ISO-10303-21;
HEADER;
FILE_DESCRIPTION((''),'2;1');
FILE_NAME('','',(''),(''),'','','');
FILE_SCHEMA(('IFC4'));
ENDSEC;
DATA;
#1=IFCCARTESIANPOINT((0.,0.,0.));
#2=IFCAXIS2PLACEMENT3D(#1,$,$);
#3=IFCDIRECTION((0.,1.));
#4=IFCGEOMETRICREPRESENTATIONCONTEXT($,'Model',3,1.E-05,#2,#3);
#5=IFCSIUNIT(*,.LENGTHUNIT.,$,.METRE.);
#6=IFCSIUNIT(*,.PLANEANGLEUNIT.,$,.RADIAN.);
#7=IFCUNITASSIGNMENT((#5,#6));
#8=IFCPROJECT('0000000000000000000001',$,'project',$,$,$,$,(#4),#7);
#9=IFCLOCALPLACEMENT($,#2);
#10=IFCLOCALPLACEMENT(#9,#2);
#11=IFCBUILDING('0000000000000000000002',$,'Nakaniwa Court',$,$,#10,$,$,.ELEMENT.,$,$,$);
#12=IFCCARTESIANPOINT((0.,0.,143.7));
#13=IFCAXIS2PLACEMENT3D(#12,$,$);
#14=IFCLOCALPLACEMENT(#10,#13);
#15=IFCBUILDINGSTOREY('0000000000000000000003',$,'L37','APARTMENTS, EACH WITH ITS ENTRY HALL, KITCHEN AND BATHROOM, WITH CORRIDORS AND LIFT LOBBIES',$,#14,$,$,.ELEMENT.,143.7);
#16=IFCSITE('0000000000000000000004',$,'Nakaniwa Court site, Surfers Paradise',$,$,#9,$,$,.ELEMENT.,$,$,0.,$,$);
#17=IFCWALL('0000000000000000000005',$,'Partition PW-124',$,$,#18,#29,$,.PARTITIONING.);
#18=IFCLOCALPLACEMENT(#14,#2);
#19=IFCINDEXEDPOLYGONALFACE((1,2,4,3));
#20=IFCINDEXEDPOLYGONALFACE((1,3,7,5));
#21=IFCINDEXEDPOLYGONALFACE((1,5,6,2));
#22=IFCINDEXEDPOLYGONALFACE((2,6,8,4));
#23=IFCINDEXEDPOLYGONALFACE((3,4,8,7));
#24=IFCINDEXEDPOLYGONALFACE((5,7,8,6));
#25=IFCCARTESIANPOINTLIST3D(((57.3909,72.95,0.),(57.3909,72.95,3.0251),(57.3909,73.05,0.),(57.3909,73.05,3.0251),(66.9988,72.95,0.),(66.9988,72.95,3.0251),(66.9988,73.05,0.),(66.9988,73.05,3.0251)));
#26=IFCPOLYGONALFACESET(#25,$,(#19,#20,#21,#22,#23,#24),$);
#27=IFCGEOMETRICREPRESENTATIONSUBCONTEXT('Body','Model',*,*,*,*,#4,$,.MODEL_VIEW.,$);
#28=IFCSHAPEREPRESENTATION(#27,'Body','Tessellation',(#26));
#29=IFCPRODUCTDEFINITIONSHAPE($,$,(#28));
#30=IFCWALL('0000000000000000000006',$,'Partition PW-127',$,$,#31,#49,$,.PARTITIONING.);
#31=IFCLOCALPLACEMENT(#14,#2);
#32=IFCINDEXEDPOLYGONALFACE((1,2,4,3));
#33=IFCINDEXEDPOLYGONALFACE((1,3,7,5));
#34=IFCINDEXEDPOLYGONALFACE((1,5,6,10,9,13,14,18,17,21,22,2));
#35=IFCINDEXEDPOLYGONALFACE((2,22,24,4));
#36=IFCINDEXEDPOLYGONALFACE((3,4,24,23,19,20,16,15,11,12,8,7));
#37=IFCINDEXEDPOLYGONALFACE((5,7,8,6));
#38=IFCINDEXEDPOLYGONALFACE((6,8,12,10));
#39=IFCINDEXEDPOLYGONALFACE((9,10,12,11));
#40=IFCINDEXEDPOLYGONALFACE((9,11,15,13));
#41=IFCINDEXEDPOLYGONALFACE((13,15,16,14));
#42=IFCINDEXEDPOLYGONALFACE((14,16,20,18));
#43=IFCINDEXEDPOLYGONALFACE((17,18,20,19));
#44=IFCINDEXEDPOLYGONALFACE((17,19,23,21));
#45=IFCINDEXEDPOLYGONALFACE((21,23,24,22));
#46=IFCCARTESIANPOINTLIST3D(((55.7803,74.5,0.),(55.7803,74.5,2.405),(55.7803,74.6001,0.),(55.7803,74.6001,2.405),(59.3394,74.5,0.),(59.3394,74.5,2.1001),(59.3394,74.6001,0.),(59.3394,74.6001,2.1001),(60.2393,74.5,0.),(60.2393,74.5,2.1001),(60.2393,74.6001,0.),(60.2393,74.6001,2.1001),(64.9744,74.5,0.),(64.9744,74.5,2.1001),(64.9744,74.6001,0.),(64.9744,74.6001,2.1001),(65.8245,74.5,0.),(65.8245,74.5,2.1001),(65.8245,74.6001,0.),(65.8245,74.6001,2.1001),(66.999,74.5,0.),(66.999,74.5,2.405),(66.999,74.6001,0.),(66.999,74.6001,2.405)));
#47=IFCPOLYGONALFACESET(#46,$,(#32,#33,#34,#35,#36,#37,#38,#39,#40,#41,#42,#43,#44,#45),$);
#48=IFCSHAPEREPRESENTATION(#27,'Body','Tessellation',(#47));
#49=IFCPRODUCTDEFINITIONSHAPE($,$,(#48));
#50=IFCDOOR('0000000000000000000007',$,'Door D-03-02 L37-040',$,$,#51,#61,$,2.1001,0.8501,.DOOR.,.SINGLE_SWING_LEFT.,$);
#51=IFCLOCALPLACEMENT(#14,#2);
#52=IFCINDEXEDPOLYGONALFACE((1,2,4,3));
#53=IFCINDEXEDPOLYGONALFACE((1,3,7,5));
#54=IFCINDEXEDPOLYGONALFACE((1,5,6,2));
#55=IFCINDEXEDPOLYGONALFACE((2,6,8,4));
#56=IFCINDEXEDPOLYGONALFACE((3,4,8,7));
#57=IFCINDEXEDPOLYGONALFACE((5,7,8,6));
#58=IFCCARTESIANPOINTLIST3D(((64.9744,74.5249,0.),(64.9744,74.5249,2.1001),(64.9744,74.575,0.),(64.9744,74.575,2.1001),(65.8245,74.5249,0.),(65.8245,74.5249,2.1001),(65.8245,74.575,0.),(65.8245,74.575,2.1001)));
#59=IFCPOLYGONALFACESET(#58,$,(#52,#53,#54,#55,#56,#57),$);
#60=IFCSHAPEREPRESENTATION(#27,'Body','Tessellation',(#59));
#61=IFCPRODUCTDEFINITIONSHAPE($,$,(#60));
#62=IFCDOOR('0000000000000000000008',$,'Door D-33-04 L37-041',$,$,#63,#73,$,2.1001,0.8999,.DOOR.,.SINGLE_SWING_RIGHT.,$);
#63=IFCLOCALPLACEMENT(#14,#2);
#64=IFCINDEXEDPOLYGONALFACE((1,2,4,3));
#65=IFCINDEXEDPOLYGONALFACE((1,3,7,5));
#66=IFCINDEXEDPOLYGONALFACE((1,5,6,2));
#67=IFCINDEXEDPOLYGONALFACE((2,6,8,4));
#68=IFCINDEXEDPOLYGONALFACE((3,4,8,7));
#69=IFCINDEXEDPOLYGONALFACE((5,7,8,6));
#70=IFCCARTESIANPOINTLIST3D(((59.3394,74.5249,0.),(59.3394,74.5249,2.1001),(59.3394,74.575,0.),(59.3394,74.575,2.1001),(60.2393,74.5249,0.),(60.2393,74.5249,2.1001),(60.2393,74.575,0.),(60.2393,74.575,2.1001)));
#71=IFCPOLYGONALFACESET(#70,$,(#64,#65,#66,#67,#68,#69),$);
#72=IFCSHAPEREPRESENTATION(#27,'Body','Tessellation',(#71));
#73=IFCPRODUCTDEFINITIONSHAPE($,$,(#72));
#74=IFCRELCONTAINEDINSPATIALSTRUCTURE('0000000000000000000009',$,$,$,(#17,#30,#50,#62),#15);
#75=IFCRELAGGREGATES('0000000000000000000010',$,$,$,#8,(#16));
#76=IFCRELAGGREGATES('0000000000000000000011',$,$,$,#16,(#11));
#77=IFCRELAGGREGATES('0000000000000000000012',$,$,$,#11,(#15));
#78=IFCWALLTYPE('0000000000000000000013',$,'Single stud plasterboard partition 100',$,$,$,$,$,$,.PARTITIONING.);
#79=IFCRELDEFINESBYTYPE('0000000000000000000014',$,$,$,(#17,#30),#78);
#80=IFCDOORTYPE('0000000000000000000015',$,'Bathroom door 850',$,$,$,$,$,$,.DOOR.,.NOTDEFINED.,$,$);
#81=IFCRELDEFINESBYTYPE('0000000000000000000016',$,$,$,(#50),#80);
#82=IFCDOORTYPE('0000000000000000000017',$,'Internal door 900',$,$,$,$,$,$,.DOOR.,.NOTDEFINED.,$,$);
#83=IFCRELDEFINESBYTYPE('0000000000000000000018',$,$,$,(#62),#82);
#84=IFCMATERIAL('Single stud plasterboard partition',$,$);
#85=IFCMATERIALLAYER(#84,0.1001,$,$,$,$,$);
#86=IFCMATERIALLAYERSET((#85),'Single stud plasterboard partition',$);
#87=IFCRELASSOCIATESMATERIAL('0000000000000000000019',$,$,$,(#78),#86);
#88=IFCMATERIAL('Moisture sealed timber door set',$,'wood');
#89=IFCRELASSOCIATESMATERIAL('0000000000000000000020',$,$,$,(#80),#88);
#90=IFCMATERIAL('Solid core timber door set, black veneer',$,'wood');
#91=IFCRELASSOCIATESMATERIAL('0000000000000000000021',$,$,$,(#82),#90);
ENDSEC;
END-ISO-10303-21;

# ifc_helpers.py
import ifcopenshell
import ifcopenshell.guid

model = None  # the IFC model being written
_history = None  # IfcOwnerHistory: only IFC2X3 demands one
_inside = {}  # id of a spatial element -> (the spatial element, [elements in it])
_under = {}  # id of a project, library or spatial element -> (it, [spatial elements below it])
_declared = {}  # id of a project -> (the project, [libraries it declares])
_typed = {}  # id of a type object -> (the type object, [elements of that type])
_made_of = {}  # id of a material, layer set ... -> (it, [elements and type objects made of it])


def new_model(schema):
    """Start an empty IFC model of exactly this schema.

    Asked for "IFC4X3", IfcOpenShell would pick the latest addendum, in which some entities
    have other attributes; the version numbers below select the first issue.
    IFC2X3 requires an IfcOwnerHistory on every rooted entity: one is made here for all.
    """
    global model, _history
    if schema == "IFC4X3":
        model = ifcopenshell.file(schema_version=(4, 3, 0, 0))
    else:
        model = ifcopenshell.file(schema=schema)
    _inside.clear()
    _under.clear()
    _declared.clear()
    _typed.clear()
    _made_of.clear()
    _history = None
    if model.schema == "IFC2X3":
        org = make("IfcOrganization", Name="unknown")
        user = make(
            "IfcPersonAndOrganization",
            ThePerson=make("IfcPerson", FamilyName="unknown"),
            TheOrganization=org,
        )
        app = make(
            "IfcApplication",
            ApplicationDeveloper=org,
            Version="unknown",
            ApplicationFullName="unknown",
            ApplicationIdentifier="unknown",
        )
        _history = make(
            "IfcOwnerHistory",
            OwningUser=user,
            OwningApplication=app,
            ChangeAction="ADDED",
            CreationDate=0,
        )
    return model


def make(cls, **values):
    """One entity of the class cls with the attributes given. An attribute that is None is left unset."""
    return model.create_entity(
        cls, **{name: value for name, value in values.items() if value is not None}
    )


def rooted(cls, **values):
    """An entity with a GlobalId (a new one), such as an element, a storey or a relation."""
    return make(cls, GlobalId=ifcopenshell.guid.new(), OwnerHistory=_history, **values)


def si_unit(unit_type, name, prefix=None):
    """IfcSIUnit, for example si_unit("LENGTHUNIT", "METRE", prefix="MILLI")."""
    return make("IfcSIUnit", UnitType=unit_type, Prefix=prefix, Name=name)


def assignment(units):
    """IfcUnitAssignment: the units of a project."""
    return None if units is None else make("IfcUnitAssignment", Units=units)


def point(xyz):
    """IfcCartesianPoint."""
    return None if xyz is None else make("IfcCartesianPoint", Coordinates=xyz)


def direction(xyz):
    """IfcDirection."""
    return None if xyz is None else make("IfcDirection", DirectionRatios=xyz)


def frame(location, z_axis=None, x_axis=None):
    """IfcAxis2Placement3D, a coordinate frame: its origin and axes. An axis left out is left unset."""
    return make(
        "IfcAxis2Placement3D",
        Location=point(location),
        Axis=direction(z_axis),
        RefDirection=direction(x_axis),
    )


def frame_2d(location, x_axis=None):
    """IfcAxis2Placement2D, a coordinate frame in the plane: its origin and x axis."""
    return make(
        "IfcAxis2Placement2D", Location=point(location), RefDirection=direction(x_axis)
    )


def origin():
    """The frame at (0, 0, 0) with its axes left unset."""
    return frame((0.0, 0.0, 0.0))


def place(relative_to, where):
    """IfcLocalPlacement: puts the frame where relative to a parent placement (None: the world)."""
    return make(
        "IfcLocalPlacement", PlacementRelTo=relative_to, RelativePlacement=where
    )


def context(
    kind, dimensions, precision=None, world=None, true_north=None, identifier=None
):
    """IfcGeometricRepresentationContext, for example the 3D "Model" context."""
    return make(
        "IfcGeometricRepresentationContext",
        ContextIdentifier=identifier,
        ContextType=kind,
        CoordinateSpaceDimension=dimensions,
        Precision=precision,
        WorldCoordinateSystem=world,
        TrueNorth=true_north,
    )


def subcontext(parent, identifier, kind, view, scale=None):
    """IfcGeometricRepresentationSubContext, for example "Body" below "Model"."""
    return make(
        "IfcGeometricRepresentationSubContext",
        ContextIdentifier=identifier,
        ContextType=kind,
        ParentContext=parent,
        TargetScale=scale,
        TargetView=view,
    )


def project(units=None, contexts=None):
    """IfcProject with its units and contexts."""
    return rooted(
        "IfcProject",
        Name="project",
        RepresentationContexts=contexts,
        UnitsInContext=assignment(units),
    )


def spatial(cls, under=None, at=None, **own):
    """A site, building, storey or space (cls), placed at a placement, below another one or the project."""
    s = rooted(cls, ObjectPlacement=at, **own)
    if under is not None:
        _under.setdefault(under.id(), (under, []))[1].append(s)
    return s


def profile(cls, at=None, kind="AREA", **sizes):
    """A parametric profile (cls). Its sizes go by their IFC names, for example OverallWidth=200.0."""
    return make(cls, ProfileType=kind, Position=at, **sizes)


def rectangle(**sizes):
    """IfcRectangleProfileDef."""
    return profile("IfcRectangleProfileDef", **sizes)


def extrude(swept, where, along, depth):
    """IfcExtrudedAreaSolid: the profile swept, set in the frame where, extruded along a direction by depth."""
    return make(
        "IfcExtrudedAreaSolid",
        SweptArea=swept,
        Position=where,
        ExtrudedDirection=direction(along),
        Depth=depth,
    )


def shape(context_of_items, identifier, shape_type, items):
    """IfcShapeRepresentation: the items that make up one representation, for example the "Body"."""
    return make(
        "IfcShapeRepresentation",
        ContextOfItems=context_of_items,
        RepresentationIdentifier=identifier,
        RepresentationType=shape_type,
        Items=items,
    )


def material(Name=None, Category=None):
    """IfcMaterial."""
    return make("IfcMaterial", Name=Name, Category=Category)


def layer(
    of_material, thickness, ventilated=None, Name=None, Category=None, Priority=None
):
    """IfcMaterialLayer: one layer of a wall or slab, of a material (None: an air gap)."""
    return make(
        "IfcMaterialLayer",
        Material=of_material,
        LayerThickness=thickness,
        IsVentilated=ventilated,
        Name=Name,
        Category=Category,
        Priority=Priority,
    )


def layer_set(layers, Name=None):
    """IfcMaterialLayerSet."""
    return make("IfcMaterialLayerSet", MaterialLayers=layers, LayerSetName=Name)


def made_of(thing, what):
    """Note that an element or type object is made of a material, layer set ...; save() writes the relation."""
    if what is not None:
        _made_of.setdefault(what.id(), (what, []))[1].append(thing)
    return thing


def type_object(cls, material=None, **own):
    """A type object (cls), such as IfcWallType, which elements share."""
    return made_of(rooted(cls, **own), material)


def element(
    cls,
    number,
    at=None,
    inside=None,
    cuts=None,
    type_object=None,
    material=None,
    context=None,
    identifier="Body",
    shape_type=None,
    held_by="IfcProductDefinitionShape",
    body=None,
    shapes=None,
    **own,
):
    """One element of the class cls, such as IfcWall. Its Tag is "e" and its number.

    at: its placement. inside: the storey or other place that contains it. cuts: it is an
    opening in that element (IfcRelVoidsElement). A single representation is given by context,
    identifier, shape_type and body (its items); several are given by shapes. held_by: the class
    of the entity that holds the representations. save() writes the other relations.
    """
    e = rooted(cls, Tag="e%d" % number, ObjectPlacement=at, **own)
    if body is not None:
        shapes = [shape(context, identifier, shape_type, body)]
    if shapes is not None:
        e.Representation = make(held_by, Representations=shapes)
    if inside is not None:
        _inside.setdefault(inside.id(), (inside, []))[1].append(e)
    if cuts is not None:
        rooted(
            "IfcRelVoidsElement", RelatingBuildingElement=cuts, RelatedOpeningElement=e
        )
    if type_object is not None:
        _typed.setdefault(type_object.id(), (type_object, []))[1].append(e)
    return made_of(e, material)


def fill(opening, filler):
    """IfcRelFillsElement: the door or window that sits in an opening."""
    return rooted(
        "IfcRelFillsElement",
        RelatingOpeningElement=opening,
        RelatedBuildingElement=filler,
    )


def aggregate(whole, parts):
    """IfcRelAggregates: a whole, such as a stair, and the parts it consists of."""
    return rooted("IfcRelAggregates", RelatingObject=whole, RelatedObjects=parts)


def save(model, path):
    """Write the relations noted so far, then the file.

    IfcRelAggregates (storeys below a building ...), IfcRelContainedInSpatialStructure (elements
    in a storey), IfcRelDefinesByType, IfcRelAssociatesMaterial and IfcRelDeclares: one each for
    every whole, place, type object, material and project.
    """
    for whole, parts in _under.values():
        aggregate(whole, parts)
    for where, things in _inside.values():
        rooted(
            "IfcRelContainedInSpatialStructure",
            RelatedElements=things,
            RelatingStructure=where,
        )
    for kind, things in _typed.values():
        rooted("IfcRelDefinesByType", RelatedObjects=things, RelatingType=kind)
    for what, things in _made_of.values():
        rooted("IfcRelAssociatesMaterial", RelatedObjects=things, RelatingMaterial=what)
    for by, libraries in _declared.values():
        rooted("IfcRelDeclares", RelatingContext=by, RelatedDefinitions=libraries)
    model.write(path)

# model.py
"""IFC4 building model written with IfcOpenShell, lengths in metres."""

from ifc_helpers import new_model, si_unit, direction, frame, frame_2d, origin, place, context, subcontext, project, spatial, rectangle, extrude, material, layer, layer_set, type_object, element, fill, save


model = new_model("IFC4")

# Units and contexts
model_context = context("Model", 3, precision=1e-05, world=origin(), true_north=direction((0.0, 1.0)))
body_context = subcontext(model_context, "Body", "Model", "MODEL_VIEW")
ifc_project = project(units=[si_unit("LENGTHUNIT", "METRE"), si_unit("PLANEANGLEUNIT", "RADIAN")], contexts=[model_context])

# Site, building, storey
site_placement = place(None, origin())
site = spatial("IfcSite", under=ifc_project, at=site_placement, Name="Nakaniwa Court site, Surfers Paradise", CompositionType="ELEMENT", RefElevation=0.0)
building_placement = place(site_placement, origin())
building = spatial("IfcBuilding", under=site, at=building_placement, Name="Nakaniwa Court", CompositionType="ELEMENT")
storey_placement = place(building_placement, frame((0.0, 0.0, 143.7)))
storey = spatial("IfcBuildingStorey", under=building, at=storey_placement, Name="L37", Description="APARTMENTS, EACH WITH ITS ENTRY HALL, KITCHEN AND BATHROOM, WITH CORRIDORS AND LIFT LOBBIES", CompositionType="ELEMENT", Elevation=143.7)

# Shared definitions
ifc_material_1 = material(Name="Solid core timber door set, black veneer", Category="wood")

# Wall
ifc_material_2 = material(Name="Single stud plasterboard partition")
ifc_layer_1 = layer(ifc_material_2, 0.1001)
ifc_layer_set_1 = layer_set([ifc_layer_1], Name="Single stud plasterboard partition")
wall_type_1 = type_object("IfcWallType", Name="Single stud plasterboard partition 100", PredefinedType="PARTITIONING", material=ifc_layer_set_1)
wall_1_placement = place(storey_placement, frame((57.3909, 73.0, 0.0), z_axis=(0.0, 0.0, 1.0), x_axis=(1.0, 0.0, 0.0)))
element("IfcWall", 1, at=wall_1_placement, inside=storey, type_object=wall_type_1, Name="Partition PW-124", PredefinedType="PARTITIONING", context=body_context, shape_type="SweptSolid", body=[
    extrude(rectangle(XDim=9.6079, YDim=0.1001, at=frame_2d((4.804, 0.0))), origin(), (0.0, 0.0, 1.0), 3.0251),
])

# Wall, openings, doors
wall_2_placement = place(storey_placement, frame((55.7803, 74.55, 0.0), z_axis=(0.0, 0.0, 1.0), x_axis=(1.0, 0.0, 0.0)))
wall_2 = element("IfcWall", 2, at=wall_2_placement, inside=storey, type_object=wall_type_1, Name="Partition PW-127", PredefinedType="PARTITIONING", context=body_context, shape_type="SweptSolid", body=[
    extrude(rectangle(XDim=11.2188, YDim=0.1001, at=frame_2d((5.6094, 0.0))), origin(), (0.0, 0.0, 1.0), 2.405),
])
opening_1_placement = place(wall_2_placement, frame((9.1941, 0.0, 0.0)))
opening_1 = element("IfcOpeningElement", 3, at=opening_1_placement, cuts=wall_2, PredefinedType="OPENING", context=body_context, shape_type="SweptSolid", body=[
    extrude(rectangle(XDim=0.8501, YDim=2.1001, at=frame_2d((0.425, 1.05))), frame((0.0, 0.0601, 0.0), z_axis=(0.0, -1.0, 0.0), x_axis=(1.0, 0.0, 0.0)), (0.0, 0.0, 1.0), 0.1201),
])
opening_2_placement = place(wall_2_placement, frame((3.5591, 0.0, 0.0)))
opening_2 = element("IfcOpeningElement", 4, at=opening_2_placement, cuts=wall_2, PredefinedType="OPENING", context=body_context, shape_type="SweptSolid", body=[
    extrude(rectangle(XDim=0.8999, YDim=2.1001, at=frame_2d((0.45, 1.05))), frame((0.0, 0.0601, 0.0), z_axis=(0.0, -1.0, 0.0), x_axis=(1.0, 0.0, 0.0)), (0.0, 0.0, 1.0), 0.1201),
])
ifc_material_3 = material(Name="Moisture sealed timber door set", Category="wood")
door_type_1 = type_object("IfcDoorType", Name="Bathroom door 850", OperationType="NOTDEFINED", PredefinedType="DOOR", material=ifc_material_3)
door_1_placement = place(opening_1_placement, origin())
door_1 = element("IfcDoor", 5, at=door_1_placement, inside=storey, type_object=door_type_1, Name="Door D-03-02 L37-040", OperationType="SINGLE_SWING_LEFT", OverallHeight=2.1001, OverallWidth=0.8501, PredefinedType="DOOR", context=body_context, shape_type="SweptSolid", body=[
    extrude(rectangle(XDim=0.8501, YDim=2.1001, at=frame_2d((0.425, 1.05))), frame((0.0, 0.0249, 0.0), z_axis=(0.0, -1.0, 0.0), x_axis=(1.0, 0.0, 0.0)), (0.0, 0.0, 1.0), 0.05),
])
fill(opening_1, door_1)
door_type_2 = type_object("IfcDoorType", Name="Internal door 900", OperationType="NOTDEFINED", PredefinedType="DOOR", material=ifc_material_1)
door_2_placement = place(opening_2_placement, origin())
door_2 = element("IfcDoor", 6, at=door_2_placement, inside=storey, type_object=door_type_2, Name="Door D-33-04 L37-041", OperationType="SINGLE_SWING_RIGHT", OverallHeight=2.1001, OverallWidth=0.8999, PredefinedType="DOOR", context=body_context, shape_type="SweptSolid", body=[
    extrude(rectangle(XDim=0.8999, YDim=2.1001, at=frame_2d((0.45, 1.05))), frame((0.0, 0.0249, 0.0), z_axis=(0.0, -1.0, 0.0), x_axis=(1.0, 0.0, 0.0)), (0.0, 0.0, 1.0), 0.05),
])
fill(opening_2, door_2)

save(model, "model.ifc")
